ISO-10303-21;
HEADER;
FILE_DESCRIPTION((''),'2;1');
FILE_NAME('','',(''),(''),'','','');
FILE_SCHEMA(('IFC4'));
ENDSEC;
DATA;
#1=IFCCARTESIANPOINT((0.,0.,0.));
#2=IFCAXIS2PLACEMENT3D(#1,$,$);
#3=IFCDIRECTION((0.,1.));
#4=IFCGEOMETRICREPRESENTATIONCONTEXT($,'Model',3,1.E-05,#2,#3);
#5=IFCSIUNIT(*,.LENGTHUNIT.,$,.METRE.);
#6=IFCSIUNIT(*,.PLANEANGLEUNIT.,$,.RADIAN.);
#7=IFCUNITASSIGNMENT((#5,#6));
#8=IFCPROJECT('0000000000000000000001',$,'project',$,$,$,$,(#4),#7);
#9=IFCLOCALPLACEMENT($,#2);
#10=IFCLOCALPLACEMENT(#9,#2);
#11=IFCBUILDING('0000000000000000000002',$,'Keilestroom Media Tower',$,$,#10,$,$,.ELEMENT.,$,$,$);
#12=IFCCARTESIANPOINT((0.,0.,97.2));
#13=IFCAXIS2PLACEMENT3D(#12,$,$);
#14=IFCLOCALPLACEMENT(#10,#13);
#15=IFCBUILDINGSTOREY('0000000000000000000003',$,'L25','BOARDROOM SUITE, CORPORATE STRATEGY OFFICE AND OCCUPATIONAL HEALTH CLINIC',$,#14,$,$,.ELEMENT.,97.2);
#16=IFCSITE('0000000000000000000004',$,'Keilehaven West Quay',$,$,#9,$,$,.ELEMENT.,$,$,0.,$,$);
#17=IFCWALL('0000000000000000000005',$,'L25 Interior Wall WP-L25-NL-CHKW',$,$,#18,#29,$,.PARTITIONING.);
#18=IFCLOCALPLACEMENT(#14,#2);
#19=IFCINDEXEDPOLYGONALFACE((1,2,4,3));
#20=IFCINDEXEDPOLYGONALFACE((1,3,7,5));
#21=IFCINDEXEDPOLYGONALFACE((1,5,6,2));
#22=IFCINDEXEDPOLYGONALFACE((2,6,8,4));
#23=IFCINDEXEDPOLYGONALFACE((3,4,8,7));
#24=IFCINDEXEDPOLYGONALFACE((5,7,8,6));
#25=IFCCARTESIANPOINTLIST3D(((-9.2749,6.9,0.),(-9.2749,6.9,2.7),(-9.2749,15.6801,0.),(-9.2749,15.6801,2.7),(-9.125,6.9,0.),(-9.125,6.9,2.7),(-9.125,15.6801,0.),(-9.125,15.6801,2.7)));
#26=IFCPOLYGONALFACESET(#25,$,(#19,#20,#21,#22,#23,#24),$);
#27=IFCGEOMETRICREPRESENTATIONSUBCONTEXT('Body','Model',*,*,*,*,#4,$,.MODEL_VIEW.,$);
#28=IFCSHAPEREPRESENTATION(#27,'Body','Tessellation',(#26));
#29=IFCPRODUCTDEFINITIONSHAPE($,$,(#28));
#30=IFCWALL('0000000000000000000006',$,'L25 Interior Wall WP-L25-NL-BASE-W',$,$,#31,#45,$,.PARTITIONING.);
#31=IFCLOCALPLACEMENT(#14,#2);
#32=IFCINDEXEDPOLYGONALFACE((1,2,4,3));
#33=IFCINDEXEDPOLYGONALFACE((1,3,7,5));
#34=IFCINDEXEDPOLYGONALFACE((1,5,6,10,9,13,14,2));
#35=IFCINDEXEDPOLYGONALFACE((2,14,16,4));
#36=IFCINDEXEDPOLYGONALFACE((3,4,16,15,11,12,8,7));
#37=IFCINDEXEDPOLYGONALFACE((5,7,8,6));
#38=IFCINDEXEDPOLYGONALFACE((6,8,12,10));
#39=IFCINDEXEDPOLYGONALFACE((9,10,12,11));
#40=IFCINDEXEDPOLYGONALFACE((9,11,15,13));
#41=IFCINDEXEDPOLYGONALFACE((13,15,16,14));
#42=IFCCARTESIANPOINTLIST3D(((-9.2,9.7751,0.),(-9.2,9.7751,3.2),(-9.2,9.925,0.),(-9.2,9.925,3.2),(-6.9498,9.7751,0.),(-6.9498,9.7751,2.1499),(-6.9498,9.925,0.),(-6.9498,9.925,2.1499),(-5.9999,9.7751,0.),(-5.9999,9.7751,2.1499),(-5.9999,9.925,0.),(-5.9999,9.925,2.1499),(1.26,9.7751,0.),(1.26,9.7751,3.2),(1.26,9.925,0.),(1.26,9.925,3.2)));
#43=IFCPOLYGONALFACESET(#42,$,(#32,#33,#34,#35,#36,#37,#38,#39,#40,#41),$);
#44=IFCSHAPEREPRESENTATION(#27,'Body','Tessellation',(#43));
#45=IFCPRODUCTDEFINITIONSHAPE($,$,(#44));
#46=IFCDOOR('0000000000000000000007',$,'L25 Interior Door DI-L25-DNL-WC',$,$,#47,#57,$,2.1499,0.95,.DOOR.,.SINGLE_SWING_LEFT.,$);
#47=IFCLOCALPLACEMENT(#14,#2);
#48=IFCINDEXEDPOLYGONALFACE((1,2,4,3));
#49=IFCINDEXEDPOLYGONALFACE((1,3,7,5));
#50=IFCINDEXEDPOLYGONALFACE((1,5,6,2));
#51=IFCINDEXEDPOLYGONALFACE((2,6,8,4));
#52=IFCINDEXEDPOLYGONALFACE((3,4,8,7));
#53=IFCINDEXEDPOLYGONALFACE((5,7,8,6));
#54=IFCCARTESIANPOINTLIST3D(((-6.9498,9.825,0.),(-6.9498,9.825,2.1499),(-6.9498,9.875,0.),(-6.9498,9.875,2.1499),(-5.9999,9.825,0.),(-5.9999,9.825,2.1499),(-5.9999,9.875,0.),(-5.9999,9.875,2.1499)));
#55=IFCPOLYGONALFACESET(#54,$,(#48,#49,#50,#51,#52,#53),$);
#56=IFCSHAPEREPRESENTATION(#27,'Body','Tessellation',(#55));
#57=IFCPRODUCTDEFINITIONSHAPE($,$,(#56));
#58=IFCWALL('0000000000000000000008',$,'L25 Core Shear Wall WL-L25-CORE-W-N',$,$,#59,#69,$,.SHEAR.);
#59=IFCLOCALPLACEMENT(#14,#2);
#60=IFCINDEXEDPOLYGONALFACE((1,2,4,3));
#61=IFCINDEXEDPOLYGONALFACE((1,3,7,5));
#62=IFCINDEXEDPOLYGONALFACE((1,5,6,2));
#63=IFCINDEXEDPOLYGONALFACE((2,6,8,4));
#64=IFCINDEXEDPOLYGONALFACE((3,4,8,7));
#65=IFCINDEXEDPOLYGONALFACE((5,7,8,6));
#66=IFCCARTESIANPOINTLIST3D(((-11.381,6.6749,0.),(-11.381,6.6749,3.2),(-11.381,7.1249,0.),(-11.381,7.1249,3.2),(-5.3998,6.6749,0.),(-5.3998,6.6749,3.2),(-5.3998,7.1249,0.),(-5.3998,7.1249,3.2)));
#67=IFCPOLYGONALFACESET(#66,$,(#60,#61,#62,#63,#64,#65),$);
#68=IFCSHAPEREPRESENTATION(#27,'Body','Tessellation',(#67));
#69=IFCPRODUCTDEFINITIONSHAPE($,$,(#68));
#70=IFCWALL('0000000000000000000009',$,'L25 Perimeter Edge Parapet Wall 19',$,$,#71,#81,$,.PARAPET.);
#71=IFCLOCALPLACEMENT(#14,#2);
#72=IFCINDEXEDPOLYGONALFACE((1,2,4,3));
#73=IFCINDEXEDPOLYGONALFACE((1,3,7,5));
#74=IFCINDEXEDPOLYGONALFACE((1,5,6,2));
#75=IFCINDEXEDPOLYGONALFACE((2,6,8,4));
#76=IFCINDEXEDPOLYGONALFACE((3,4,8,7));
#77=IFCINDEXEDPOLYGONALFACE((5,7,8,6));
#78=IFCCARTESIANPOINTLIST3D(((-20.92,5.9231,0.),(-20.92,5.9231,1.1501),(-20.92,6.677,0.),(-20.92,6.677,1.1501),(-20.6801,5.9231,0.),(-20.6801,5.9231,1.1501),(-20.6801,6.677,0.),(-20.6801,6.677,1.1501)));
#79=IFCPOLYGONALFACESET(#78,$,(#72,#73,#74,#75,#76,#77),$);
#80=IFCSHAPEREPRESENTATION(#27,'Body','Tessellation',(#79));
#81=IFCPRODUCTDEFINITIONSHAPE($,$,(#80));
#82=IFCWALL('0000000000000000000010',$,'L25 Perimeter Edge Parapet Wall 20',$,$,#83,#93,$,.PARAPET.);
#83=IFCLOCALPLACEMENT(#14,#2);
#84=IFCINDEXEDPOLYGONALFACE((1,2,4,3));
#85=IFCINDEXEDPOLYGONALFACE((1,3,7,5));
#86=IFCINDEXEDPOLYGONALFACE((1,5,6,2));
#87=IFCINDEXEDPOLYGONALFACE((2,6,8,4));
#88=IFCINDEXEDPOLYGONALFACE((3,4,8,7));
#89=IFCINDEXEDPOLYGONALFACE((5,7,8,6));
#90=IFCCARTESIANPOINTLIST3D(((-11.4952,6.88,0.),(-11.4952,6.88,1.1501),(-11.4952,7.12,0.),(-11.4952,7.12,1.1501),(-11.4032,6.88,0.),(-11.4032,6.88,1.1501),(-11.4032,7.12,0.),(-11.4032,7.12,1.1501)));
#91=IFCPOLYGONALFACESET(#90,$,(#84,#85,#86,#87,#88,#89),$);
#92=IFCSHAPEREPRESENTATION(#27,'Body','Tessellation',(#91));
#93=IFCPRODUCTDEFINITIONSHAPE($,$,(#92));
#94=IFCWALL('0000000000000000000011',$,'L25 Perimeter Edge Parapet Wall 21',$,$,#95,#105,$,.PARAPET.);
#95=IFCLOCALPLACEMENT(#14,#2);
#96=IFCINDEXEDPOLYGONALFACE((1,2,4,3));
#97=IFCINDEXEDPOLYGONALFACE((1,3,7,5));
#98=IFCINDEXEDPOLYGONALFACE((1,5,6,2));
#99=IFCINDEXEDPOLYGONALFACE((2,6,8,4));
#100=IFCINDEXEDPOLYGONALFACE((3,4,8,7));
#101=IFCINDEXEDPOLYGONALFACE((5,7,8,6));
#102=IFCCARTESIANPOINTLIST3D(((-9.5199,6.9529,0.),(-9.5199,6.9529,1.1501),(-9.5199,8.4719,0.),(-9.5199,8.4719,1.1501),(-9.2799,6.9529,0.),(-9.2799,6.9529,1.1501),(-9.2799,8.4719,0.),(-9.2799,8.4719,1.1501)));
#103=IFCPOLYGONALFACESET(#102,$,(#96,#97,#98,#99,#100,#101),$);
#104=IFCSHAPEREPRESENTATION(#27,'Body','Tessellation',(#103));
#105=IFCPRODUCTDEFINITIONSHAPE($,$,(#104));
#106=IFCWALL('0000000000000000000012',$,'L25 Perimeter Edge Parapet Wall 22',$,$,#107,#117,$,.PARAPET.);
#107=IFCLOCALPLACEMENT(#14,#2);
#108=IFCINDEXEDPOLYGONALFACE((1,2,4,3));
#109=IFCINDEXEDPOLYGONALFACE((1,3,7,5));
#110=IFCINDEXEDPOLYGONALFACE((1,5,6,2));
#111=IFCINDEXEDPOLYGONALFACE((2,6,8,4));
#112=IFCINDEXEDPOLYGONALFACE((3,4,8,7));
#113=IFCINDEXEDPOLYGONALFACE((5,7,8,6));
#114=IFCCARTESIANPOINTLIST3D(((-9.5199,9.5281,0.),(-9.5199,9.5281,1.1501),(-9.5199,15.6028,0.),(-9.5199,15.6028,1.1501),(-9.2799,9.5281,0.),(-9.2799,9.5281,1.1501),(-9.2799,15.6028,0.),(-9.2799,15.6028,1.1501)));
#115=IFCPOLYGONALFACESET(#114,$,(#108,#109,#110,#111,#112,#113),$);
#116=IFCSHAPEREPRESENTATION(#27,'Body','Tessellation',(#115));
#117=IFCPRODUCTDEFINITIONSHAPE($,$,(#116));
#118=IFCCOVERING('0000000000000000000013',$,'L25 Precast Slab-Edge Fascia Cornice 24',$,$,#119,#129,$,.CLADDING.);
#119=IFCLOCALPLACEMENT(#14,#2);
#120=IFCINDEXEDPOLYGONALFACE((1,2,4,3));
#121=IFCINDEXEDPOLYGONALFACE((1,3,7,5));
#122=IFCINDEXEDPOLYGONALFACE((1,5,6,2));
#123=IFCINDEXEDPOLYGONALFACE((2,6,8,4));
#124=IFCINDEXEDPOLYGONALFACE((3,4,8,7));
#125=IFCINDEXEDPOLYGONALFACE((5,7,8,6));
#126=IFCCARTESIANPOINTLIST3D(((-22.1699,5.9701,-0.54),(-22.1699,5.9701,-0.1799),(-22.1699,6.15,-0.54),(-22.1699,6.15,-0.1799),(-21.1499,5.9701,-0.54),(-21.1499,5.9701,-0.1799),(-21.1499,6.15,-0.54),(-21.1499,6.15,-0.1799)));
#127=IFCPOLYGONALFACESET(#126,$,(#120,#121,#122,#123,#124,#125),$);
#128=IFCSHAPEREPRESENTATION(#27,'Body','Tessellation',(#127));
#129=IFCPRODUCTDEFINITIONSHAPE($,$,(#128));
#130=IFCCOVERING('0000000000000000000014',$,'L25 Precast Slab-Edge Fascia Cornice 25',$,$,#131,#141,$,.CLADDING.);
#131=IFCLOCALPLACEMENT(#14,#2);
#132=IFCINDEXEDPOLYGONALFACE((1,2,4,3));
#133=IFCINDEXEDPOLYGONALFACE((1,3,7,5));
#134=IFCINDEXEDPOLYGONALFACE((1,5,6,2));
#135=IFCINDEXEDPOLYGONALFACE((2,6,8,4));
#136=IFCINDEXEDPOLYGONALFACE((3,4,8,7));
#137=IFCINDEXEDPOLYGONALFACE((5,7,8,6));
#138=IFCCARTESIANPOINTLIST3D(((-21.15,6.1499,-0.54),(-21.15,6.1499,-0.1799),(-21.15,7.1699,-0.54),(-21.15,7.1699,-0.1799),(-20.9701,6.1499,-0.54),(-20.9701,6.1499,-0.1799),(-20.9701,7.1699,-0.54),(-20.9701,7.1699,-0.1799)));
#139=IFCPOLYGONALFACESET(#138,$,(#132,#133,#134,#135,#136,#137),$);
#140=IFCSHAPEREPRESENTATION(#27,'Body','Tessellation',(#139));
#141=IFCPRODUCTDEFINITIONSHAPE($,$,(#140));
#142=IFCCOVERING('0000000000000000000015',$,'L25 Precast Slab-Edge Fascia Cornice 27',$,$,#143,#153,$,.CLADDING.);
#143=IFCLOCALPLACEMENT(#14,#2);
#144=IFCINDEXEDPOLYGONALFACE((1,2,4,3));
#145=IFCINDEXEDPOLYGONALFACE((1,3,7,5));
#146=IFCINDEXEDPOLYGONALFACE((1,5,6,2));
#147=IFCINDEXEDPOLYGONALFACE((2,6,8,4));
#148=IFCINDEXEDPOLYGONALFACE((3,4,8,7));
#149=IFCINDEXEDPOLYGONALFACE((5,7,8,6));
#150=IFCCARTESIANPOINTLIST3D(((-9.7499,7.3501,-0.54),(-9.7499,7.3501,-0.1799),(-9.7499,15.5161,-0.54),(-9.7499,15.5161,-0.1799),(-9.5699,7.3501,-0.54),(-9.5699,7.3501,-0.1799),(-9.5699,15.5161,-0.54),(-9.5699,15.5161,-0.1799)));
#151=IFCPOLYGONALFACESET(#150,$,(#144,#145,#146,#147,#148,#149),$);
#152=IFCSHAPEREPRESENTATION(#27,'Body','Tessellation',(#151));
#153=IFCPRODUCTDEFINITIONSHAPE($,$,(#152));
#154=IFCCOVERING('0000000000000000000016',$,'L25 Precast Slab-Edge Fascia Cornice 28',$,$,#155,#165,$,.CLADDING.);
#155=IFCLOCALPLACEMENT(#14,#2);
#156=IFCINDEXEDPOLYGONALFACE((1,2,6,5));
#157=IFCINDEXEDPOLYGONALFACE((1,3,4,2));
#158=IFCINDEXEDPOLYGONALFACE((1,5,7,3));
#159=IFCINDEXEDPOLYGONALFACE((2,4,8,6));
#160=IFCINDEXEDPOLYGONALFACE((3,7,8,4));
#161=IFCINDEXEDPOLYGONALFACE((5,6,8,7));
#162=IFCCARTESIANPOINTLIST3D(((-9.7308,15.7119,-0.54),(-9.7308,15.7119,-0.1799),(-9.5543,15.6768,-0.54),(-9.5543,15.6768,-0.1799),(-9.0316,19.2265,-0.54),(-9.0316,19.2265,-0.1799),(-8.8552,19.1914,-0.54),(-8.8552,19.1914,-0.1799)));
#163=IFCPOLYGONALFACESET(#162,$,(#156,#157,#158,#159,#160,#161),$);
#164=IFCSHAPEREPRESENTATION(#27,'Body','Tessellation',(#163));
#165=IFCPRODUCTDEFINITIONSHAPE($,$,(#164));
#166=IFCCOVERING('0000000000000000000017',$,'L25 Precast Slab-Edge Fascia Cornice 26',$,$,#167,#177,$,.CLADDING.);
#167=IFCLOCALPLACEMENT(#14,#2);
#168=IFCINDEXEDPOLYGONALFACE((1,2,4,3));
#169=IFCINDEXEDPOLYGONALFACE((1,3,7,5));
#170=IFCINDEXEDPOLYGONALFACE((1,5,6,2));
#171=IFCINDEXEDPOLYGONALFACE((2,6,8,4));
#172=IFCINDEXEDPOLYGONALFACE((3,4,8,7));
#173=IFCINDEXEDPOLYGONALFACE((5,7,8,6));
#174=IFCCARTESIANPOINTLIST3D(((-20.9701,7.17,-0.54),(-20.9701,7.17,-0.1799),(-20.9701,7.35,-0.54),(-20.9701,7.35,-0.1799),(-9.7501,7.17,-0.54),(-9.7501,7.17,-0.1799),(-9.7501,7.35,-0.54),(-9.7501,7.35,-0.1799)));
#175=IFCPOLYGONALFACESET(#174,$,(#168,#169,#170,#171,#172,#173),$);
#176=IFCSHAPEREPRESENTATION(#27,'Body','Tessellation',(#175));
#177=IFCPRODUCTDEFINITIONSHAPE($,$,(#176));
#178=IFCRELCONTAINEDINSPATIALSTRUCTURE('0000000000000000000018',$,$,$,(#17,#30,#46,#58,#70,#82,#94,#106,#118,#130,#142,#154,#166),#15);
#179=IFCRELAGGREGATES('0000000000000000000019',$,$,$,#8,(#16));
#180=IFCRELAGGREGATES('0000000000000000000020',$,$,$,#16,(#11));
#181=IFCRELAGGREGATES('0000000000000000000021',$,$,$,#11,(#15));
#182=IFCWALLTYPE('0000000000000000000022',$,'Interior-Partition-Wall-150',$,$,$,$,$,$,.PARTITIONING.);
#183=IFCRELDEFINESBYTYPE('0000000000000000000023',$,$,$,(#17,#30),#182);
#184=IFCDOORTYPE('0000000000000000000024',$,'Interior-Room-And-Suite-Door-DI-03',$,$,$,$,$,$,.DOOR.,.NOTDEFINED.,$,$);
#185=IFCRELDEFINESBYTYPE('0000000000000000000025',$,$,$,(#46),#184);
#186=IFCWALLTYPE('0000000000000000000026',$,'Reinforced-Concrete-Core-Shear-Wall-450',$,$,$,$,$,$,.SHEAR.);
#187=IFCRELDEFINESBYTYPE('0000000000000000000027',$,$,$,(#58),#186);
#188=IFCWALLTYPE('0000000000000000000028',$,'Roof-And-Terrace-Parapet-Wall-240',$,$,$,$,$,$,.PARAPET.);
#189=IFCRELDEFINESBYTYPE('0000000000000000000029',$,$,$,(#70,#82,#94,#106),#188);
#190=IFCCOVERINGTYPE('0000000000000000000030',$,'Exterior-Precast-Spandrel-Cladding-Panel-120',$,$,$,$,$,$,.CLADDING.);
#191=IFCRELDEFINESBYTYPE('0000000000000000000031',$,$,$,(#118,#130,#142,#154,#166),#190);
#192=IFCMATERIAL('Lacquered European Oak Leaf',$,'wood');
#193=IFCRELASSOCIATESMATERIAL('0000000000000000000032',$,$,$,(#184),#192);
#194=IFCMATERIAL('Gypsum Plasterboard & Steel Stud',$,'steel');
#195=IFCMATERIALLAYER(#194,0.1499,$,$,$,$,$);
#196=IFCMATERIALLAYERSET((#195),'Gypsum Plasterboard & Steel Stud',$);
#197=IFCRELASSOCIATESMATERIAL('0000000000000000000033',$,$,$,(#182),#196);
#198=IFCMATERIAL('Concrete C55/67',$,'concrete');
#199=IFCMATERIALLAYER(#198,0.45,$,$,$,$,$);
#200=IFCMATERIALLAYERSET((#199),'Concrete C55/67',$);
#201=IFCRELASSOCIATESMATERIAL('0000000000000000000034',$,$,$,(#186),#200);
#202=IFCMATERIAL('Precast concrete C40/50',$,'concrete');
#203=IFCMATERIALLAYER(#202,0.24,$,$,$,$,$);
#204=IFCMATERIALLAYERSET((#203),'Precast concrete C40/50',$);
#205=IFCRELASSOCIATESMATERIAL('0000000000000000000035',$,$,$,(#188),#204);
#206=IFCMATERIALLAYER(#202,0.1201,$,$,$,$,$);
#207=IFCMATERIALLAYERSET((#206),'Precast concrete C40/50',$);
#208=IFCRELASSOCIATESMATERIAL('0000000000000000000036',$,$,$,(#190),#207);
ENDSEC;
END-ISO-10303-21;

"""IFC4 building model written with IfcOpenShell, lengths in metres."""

from ifc_helpers import new_model, si_unit, direction, frame, frame_2d, origin, origin_2d, place, context, subcontext, project, spatial, rectangle, extrude, source, transform, mapped, material, layer, layer_set, type_object, element, fill, save


model = new_model("IFC4")

# Units and contexts
model_context = context("Model", 3, precision=1e-05, world=origin(), true_north=direction((0.0, 1.0)))
body_context = subcontext(model_context, "Body", "Model", "MODEL_VIEW")
ifc_project = project(units=[si_unit("LENGTHUNIT", "METRE"), si_unit("PLANEANGLEUNIT", "RADIAN")], contexts=[model_context])

# Site, building, storey
site_placement = place(None, origin())
site = spatial("IfcSite", under=ifc_project, at=site_placement, Name="Keilehaven West Quay", CompositionType="ELEMENT", RefElevation=0.0)
building_placement = place(site_placement, origin())
building = spatial("IfcBuilding", under=site, at=building_placement, Name="Keilestroom Media Tower", CompositionType="ELEMENT")
storey_placement = place(building_placement, frame((0.0, 0.0, 97.2)))
storey = spatial("IfcBuildingStorey", under=building, at=storey_placement, Name="L25", Description="BOARDROOM SUITE, CORPORATE STRATEGY OFFICE AND OCCUPATIONAL HEALTH CLINIC", CompositionType="ELEMENT", Elevation=97.2)

# Shared definitions
ifc_material_1 = material(Name="Precast concrete C40/50", Category="concrete")
ifc_material_2 = material(Name="Concrete C55/67", Category="concrete")

# Shared definitions
ifc_material_3 = material(Name="Gypsum Plasterboard & Steel Stud", Category="steel")
ifc_material_4 = material(Name="Lacquered European Oak Leaf", Category="wood")
door_type = type_object("IfcDoorType", Name="Interior-Room-And-Suite-Door-DI-03", OperationType="NOTDEFINED", PredefinedType="DOOR", material=ifc_material_4)
shared_shape_1 = source(origin(), body_context, "Body", "SweptSolid", [
    extrude(rectangle(XDim=0.95, YDim=2.1499, at=frame_2d((0.4751, 1.075))), frame((0.0, 0.0249, 0.0), z_axis=(0.0, -1.0, 0.0), x_axis=(1.0, 0.0, 0.0)), (0.0, 0.0, 1.0), 0.05),
])

# Wall
ifc_layer_1 = layer(ifc_material_3, 0.1499)
ifc_layer_set_1 = layer_set([ifc_layer_1], Name="Gypsum Plasterboard & Steel Stud")
wall_type_1 = type_object("IfcWallType", Name="Interior-Partition-Wall-150", PredefinedType="PARTITIONING", material=ifc_layer_set_1)
wall_1_placement = place(storey_placement, frame((-9.2, 6.8999, 0.0), z_axis=(0.0, 0.0, 1.0), x_axis=(0.0, 1.0, 0.0)))
element("IfcWall", 1, at=wall_1_placement, inside=storey, type_object=wall_type_1, Name="L25 Interior Wall WP-L25-NL-CHKW", PredefinedType="PARTITIONING", context=body_context, shape_type="SweptSolid", body=[
    extrude(rectangle(XDim=8.78, YDim=0.1499, at=frame_2d((4.3901, 0.0))), origin(), (0.0, 0.0, 1.0), 2.7),
])

# Wall, opening, door
wall_2_placement = place(storey_placement, frame((-9.2, 9.8501, 0.0), z_axis=(0.0, 0.0, 1.0), x_axis=(1.0, 0.0, 0.0)))
wall_2 = element("IfcWall", 2, at=wall_2_placement, inside=storey, type_object=wall_type_1, Name="L25 Interior Wall WP-L25-NL-BASE-W", PredefinedType="PARTITIONING", context=body_context, shape_type="SweptSolid", body=[
    extrude(rectangle(XDim=10.46, YDim=0.1499, at=frame_2d((5.23, 0.0))), origin(), (0.0, 0.0, 1.0), 3.2),
])
opening_1_placement = place(wall_2_placement, frame((2.25, 0.0, 0.0)))
opening_1 = element("IfcOpeningElement", 3, at=opening_1_placement, cuts=wall_2, PredefinedType="OPENING", context=body_context, shape_type="SweptSolid", body=[
    extrude(rectangle(XDim=0.95, YDim=2.1499, at=frame_2d((0.4751, 1.075))), frame((0.0, 0.085, 0.0), z_axis=(0.0, -1.0, 0.0), x_axis=(1.0, 0.0, 0.0)), (0.0, 0.0, 1.0), 0.1699),
])
door_1_placement = place(opening_1_placement, origin())
door_1 = element("IfcDoor", 4, at=door_1_placement, inside=storey, type_object=door_type, Name="L25 Interior Door DI-L25-DNL-WC", OperationType="SINGLE_SWING_LEFT", OverallHeight=2.1499, OverallWidth=0.95, PredefinedType="DOOR", context=body_context, shape_type="MappedRepresentation", body=[
    mapped(shared_shape_1, transform((0.0, 0.0, 0.0), x_axis=(1.0, 0.0, 0.0), y_axis=(0.0, 1.0, 0.0), z_axis=(0.0, 0.0, 1.0), scale=1.0)),
])
fill(opening_1, door_1)

# Walls
ifc_layer_2 = layer(ifc_material_2, 0.45)
ifc_layer_set_2 = layer_set([ifc_layer_2], Name="Concrete C55/67")
wall_type_2 = type_object("IfcWallType", Name="Reinforced-Concrete-Core-Shear-Wall-450", PredefinedType="SHEAR", material=ifc_layer_set_2)
wall_3_placement = place(storey_placement, frame((-11.3811, 6.8999, 0.0), z_axis=(0.0, 0.0, 1.0), x_axis=(1.0, 0.0, 0.0)))
element("IfcWall", 5, at=wall_3_placement, inside=storey, type_object=wall_type_2, Name="L25 Core Shear Wall WL-L25-CORE-W-N", PredefinedType="SHEAR", context=body_context, shape_type="SweptSolid", body=[
    extrude(rectangle(XDim=5.9812, YDim=0.45, at=frame_2d((2.9907, 0.0))), origin(), (0.0, 0.0, 1.0), 3.2),
])
ifc_layer_3 = layer(ifc_material_1, 0.24)
ifc_layer_set_3 = layer_set([ifc_layer_3], Name="Precast concrete C40/50")
wall_type_3 = type_object("IfcWallType", Name="Roof-And-Terrace-Parapet-Wall-240", PredefinedType="PARAPET", material=ifc_layer_set_3)
wall_4_placement = place(storey_placement, frame((-20.8, 5.9231, 0.0), z_axis=(0.0, 0.0, 1.0), x_axis=(0.0, 1.0, 0.0)))
element("IfcWall", 6, at=wall_4_placement, inside=storey, type_object=wall_type_3, Name="L25 Perimeter Edge Parapet Wall 19", PredefinedType="PARAPET", context=body_context, shape_type="SweptSolid", body=[
    extrude(rectangle(XDim=0.7539, YDim=0.24, at=frame_2d((0.377, 0.0))), origin(), (0.0, 0.0, 1.0), 1.1501),
])
wall_5_placement = place(storey_placement, frame((-11.4951, 7.0, 0.0), z_axis=(0.0, 0.0, 1.0), x_axis=(1.0, 0.0, 0.0)))
element("IfcWall", 7, at=wall_5_placement, inside=storey, type_object=wall_type_3, Name="L25 Perimeter Edge Parapet Wall 20", PredefinedType="PARAPET", context=body_context, shape_type="SweptSolid", body=[
    extrude(rectangle(XDim=0.092, YDim=0.24, at=frame_2d((0.0459, 0.0))), origin(), (0.0, 0.0, 1.0), 1.1501),
])
wall_6_placement = place(storey_placement, frame((-9.3999, 6.9529, 0.0), z_axis=(0.0, 0.0, 1.0), x_axis=(0.0, 1.0, 0.0)))
element("IfcWall", 8, at=wall_6_placement, inside=storey, type_object=wall_type_3, Name="L25 Perimeter Edge Parapet Wall 21", PredefinedType="PARAPET", context=body_context, shape_type="SweptSolid", body=[
    extrude(rectangle(XDim=1.519, YDim=0.24, at=frame_2d((0.7595, 0.0))), origin(), (0.0, 0.0, 1.0), 1.1501),
])
wall_7_placement = place(storey_placement, frame((-9.3999, 9.5281, 0.0), z_axis=(0.0, 0.0, 1.0), x_axis=(0.0, 1.0, 0.0)))
element("IfcWall", 9, at=wall_7_placement, inside=storey, type_object=wall_type_3, Name="L25 Perimeter Edge Parapet Wall 22", PredefinedType="PARAPET", context=body_context, shape_type="SweptSolid", body=[
    extrude(rectangle(XDim=6.0747, YDim=0.24, at=frame_2d((3.0374, 0.0))), origin(), (0.0, 0.0, 1.0), 1.1501),
])

# Coverings
ifc_layer_4 = layer(ifc_material_1, 0.1201)
ifc_layer_set_4 = layer_set([ifc_layer_4], Name="Precast concrete C40/50")
covering_type = type_object("IfcCoveringType", Name="Exterior-Precast-Spandrel-Cladding-Panel-120", PredefinedType="CLADDING", material=ifc_layer_set_4)
shared_shape_2 = source(origin(), body_context, "Body", "SweptSolid", [
    extrude(rectangle(XDim=1.02, YDim=0.1799, at=origin_2d()), origin(), (0.0, 0.0, 1.0), 0.3601),
])
for number, where, z_axis, x_axis, name in (
    (10, (-21.6599, 6.0601, -0.54), (0.0, 0.0, 1.0), (1.0, 0.0, 0.0), "L25 Precast Slab-Edge Fascia Cornice 24"),
    (11, (-21.0601, 6.6599, -0.54), (0.0, 0.0, 1.0), (0.0, 1.0, 0.0), "L25 Precast Slab-Edge Fascia Cornice 25"),
):
    element("IfcCovering", number, at=place(storey_placement, frame(where, z_axis=z_axis, x_axis=x_axis)), inside=storey, type_object=covering_type, Name=name, PredefinedType="CLADDING", context=body_context, shape_type="MappedRepresentation", body=[
        mapped(shared_shape_2, transform((0.0, 0.0, 0.0), x_axis=(1.0, 0.0, 0.0), y_axis=(0.0, 1.0, 0.0), z_axis=(0.0, 0.0, 1.0), scale=1.0)),
    ])
shared_shape_3 = source(origin(), body_context, "Body", "SweptSolid", [
    extrude(rectangle(XDim=8.166, YDim=0.1799, at=origin_2d()), origin(), (0.0, 0.0, 1.0), 0.3601),
])
covering_1_placement = place(storey_placement, frame((-9.6599, 11.4331, -0.54), z_axis=(0.0, 0.0, 1.0), x_axis=(0.0, 1.0, 0.0)))
element("IfcCovering", 12, at=covering_1_placement, inside=storey, type_object=covering_type, Name="L25 Precast Slab-Edge Fascia Cornice 27", PredefinedType="CLADDING", context=body_context, shape_type="MappedRepresentation", body=[
    mapped(shared_shape_3, transform((0.0, 0.0, 0.0), x_axis=(1.0, 0.0, 0.0), y_axis=(0.0, 1.0, 0.0), z_axis=(0.0, 0.0, 1.0), scale=1.0)),
])
shared_shape_4 = source(origin(), body_context, "Body", "SweptSolid", [
    extrude(rectangle(XDim=3.5835, YDim=0.1799, at=origin_2d()), origin(), (0.0, 0.0, 1.0), 0.3601),
])
covering_2_placement = place(storey_placement, frame((-9.293, 17.4517, -0.54), z_axis=(0.0, 0.0, 1.0), x_axis=(0.195099, 0.980784, 0.0)))
element("IfcCovering", 13, at=covering_2_placement, inside=storey, type_object=covering_type, Name="L25 Precast Slab-Edge Fascia Cornice 28", PredefinedType="CLADDING", context=body_context, shape_type="MappedRepresentation", body=[
    mapped(shared_shape_4, transform((0.0, 0.0, 0.0), x_axis=(1.0, 0.0, 0.0), y_axis=(0.0, 1.0, 0.0), z_axis=(0.0, 0.0, 1.0), scale=1.0)),
])
shared_shape_5 = source(origin(), body_context, "Body", "SweptSolid", [
    extrude(rectangle(XDim=11.22, YDim=0.1799, at=origin_2d()), origin(), (0.0, 0.0, 1.0), 0.3601),
])
covering_3_placement = place(storey_placement, frame((-15.3601, 7.26, -0.54), z_axis=(0.0, 0.0, 1.0), x_axis=(1.0, 0.0, 0.0)))
element("IfcCovering", 14, at=covering_3_placement, inside=storey, type_object=covering_type, Name="L25 Precast Slab-Edge Fascia Cornice 26", PredefinedType="CLADDING", context=body_context, shape_type="MappedRepresentation", body=[
    mapped(shared_shape_5, transform((0.0, 0.0, 0.0), x_axis=(1.0, 0.0, 0.0), y_axis=(0.0, 1.0, 0.0), z_axis=(0.0, 0.0, 1.0), scale=1.0)),
])

save(model, "model.ifc")
